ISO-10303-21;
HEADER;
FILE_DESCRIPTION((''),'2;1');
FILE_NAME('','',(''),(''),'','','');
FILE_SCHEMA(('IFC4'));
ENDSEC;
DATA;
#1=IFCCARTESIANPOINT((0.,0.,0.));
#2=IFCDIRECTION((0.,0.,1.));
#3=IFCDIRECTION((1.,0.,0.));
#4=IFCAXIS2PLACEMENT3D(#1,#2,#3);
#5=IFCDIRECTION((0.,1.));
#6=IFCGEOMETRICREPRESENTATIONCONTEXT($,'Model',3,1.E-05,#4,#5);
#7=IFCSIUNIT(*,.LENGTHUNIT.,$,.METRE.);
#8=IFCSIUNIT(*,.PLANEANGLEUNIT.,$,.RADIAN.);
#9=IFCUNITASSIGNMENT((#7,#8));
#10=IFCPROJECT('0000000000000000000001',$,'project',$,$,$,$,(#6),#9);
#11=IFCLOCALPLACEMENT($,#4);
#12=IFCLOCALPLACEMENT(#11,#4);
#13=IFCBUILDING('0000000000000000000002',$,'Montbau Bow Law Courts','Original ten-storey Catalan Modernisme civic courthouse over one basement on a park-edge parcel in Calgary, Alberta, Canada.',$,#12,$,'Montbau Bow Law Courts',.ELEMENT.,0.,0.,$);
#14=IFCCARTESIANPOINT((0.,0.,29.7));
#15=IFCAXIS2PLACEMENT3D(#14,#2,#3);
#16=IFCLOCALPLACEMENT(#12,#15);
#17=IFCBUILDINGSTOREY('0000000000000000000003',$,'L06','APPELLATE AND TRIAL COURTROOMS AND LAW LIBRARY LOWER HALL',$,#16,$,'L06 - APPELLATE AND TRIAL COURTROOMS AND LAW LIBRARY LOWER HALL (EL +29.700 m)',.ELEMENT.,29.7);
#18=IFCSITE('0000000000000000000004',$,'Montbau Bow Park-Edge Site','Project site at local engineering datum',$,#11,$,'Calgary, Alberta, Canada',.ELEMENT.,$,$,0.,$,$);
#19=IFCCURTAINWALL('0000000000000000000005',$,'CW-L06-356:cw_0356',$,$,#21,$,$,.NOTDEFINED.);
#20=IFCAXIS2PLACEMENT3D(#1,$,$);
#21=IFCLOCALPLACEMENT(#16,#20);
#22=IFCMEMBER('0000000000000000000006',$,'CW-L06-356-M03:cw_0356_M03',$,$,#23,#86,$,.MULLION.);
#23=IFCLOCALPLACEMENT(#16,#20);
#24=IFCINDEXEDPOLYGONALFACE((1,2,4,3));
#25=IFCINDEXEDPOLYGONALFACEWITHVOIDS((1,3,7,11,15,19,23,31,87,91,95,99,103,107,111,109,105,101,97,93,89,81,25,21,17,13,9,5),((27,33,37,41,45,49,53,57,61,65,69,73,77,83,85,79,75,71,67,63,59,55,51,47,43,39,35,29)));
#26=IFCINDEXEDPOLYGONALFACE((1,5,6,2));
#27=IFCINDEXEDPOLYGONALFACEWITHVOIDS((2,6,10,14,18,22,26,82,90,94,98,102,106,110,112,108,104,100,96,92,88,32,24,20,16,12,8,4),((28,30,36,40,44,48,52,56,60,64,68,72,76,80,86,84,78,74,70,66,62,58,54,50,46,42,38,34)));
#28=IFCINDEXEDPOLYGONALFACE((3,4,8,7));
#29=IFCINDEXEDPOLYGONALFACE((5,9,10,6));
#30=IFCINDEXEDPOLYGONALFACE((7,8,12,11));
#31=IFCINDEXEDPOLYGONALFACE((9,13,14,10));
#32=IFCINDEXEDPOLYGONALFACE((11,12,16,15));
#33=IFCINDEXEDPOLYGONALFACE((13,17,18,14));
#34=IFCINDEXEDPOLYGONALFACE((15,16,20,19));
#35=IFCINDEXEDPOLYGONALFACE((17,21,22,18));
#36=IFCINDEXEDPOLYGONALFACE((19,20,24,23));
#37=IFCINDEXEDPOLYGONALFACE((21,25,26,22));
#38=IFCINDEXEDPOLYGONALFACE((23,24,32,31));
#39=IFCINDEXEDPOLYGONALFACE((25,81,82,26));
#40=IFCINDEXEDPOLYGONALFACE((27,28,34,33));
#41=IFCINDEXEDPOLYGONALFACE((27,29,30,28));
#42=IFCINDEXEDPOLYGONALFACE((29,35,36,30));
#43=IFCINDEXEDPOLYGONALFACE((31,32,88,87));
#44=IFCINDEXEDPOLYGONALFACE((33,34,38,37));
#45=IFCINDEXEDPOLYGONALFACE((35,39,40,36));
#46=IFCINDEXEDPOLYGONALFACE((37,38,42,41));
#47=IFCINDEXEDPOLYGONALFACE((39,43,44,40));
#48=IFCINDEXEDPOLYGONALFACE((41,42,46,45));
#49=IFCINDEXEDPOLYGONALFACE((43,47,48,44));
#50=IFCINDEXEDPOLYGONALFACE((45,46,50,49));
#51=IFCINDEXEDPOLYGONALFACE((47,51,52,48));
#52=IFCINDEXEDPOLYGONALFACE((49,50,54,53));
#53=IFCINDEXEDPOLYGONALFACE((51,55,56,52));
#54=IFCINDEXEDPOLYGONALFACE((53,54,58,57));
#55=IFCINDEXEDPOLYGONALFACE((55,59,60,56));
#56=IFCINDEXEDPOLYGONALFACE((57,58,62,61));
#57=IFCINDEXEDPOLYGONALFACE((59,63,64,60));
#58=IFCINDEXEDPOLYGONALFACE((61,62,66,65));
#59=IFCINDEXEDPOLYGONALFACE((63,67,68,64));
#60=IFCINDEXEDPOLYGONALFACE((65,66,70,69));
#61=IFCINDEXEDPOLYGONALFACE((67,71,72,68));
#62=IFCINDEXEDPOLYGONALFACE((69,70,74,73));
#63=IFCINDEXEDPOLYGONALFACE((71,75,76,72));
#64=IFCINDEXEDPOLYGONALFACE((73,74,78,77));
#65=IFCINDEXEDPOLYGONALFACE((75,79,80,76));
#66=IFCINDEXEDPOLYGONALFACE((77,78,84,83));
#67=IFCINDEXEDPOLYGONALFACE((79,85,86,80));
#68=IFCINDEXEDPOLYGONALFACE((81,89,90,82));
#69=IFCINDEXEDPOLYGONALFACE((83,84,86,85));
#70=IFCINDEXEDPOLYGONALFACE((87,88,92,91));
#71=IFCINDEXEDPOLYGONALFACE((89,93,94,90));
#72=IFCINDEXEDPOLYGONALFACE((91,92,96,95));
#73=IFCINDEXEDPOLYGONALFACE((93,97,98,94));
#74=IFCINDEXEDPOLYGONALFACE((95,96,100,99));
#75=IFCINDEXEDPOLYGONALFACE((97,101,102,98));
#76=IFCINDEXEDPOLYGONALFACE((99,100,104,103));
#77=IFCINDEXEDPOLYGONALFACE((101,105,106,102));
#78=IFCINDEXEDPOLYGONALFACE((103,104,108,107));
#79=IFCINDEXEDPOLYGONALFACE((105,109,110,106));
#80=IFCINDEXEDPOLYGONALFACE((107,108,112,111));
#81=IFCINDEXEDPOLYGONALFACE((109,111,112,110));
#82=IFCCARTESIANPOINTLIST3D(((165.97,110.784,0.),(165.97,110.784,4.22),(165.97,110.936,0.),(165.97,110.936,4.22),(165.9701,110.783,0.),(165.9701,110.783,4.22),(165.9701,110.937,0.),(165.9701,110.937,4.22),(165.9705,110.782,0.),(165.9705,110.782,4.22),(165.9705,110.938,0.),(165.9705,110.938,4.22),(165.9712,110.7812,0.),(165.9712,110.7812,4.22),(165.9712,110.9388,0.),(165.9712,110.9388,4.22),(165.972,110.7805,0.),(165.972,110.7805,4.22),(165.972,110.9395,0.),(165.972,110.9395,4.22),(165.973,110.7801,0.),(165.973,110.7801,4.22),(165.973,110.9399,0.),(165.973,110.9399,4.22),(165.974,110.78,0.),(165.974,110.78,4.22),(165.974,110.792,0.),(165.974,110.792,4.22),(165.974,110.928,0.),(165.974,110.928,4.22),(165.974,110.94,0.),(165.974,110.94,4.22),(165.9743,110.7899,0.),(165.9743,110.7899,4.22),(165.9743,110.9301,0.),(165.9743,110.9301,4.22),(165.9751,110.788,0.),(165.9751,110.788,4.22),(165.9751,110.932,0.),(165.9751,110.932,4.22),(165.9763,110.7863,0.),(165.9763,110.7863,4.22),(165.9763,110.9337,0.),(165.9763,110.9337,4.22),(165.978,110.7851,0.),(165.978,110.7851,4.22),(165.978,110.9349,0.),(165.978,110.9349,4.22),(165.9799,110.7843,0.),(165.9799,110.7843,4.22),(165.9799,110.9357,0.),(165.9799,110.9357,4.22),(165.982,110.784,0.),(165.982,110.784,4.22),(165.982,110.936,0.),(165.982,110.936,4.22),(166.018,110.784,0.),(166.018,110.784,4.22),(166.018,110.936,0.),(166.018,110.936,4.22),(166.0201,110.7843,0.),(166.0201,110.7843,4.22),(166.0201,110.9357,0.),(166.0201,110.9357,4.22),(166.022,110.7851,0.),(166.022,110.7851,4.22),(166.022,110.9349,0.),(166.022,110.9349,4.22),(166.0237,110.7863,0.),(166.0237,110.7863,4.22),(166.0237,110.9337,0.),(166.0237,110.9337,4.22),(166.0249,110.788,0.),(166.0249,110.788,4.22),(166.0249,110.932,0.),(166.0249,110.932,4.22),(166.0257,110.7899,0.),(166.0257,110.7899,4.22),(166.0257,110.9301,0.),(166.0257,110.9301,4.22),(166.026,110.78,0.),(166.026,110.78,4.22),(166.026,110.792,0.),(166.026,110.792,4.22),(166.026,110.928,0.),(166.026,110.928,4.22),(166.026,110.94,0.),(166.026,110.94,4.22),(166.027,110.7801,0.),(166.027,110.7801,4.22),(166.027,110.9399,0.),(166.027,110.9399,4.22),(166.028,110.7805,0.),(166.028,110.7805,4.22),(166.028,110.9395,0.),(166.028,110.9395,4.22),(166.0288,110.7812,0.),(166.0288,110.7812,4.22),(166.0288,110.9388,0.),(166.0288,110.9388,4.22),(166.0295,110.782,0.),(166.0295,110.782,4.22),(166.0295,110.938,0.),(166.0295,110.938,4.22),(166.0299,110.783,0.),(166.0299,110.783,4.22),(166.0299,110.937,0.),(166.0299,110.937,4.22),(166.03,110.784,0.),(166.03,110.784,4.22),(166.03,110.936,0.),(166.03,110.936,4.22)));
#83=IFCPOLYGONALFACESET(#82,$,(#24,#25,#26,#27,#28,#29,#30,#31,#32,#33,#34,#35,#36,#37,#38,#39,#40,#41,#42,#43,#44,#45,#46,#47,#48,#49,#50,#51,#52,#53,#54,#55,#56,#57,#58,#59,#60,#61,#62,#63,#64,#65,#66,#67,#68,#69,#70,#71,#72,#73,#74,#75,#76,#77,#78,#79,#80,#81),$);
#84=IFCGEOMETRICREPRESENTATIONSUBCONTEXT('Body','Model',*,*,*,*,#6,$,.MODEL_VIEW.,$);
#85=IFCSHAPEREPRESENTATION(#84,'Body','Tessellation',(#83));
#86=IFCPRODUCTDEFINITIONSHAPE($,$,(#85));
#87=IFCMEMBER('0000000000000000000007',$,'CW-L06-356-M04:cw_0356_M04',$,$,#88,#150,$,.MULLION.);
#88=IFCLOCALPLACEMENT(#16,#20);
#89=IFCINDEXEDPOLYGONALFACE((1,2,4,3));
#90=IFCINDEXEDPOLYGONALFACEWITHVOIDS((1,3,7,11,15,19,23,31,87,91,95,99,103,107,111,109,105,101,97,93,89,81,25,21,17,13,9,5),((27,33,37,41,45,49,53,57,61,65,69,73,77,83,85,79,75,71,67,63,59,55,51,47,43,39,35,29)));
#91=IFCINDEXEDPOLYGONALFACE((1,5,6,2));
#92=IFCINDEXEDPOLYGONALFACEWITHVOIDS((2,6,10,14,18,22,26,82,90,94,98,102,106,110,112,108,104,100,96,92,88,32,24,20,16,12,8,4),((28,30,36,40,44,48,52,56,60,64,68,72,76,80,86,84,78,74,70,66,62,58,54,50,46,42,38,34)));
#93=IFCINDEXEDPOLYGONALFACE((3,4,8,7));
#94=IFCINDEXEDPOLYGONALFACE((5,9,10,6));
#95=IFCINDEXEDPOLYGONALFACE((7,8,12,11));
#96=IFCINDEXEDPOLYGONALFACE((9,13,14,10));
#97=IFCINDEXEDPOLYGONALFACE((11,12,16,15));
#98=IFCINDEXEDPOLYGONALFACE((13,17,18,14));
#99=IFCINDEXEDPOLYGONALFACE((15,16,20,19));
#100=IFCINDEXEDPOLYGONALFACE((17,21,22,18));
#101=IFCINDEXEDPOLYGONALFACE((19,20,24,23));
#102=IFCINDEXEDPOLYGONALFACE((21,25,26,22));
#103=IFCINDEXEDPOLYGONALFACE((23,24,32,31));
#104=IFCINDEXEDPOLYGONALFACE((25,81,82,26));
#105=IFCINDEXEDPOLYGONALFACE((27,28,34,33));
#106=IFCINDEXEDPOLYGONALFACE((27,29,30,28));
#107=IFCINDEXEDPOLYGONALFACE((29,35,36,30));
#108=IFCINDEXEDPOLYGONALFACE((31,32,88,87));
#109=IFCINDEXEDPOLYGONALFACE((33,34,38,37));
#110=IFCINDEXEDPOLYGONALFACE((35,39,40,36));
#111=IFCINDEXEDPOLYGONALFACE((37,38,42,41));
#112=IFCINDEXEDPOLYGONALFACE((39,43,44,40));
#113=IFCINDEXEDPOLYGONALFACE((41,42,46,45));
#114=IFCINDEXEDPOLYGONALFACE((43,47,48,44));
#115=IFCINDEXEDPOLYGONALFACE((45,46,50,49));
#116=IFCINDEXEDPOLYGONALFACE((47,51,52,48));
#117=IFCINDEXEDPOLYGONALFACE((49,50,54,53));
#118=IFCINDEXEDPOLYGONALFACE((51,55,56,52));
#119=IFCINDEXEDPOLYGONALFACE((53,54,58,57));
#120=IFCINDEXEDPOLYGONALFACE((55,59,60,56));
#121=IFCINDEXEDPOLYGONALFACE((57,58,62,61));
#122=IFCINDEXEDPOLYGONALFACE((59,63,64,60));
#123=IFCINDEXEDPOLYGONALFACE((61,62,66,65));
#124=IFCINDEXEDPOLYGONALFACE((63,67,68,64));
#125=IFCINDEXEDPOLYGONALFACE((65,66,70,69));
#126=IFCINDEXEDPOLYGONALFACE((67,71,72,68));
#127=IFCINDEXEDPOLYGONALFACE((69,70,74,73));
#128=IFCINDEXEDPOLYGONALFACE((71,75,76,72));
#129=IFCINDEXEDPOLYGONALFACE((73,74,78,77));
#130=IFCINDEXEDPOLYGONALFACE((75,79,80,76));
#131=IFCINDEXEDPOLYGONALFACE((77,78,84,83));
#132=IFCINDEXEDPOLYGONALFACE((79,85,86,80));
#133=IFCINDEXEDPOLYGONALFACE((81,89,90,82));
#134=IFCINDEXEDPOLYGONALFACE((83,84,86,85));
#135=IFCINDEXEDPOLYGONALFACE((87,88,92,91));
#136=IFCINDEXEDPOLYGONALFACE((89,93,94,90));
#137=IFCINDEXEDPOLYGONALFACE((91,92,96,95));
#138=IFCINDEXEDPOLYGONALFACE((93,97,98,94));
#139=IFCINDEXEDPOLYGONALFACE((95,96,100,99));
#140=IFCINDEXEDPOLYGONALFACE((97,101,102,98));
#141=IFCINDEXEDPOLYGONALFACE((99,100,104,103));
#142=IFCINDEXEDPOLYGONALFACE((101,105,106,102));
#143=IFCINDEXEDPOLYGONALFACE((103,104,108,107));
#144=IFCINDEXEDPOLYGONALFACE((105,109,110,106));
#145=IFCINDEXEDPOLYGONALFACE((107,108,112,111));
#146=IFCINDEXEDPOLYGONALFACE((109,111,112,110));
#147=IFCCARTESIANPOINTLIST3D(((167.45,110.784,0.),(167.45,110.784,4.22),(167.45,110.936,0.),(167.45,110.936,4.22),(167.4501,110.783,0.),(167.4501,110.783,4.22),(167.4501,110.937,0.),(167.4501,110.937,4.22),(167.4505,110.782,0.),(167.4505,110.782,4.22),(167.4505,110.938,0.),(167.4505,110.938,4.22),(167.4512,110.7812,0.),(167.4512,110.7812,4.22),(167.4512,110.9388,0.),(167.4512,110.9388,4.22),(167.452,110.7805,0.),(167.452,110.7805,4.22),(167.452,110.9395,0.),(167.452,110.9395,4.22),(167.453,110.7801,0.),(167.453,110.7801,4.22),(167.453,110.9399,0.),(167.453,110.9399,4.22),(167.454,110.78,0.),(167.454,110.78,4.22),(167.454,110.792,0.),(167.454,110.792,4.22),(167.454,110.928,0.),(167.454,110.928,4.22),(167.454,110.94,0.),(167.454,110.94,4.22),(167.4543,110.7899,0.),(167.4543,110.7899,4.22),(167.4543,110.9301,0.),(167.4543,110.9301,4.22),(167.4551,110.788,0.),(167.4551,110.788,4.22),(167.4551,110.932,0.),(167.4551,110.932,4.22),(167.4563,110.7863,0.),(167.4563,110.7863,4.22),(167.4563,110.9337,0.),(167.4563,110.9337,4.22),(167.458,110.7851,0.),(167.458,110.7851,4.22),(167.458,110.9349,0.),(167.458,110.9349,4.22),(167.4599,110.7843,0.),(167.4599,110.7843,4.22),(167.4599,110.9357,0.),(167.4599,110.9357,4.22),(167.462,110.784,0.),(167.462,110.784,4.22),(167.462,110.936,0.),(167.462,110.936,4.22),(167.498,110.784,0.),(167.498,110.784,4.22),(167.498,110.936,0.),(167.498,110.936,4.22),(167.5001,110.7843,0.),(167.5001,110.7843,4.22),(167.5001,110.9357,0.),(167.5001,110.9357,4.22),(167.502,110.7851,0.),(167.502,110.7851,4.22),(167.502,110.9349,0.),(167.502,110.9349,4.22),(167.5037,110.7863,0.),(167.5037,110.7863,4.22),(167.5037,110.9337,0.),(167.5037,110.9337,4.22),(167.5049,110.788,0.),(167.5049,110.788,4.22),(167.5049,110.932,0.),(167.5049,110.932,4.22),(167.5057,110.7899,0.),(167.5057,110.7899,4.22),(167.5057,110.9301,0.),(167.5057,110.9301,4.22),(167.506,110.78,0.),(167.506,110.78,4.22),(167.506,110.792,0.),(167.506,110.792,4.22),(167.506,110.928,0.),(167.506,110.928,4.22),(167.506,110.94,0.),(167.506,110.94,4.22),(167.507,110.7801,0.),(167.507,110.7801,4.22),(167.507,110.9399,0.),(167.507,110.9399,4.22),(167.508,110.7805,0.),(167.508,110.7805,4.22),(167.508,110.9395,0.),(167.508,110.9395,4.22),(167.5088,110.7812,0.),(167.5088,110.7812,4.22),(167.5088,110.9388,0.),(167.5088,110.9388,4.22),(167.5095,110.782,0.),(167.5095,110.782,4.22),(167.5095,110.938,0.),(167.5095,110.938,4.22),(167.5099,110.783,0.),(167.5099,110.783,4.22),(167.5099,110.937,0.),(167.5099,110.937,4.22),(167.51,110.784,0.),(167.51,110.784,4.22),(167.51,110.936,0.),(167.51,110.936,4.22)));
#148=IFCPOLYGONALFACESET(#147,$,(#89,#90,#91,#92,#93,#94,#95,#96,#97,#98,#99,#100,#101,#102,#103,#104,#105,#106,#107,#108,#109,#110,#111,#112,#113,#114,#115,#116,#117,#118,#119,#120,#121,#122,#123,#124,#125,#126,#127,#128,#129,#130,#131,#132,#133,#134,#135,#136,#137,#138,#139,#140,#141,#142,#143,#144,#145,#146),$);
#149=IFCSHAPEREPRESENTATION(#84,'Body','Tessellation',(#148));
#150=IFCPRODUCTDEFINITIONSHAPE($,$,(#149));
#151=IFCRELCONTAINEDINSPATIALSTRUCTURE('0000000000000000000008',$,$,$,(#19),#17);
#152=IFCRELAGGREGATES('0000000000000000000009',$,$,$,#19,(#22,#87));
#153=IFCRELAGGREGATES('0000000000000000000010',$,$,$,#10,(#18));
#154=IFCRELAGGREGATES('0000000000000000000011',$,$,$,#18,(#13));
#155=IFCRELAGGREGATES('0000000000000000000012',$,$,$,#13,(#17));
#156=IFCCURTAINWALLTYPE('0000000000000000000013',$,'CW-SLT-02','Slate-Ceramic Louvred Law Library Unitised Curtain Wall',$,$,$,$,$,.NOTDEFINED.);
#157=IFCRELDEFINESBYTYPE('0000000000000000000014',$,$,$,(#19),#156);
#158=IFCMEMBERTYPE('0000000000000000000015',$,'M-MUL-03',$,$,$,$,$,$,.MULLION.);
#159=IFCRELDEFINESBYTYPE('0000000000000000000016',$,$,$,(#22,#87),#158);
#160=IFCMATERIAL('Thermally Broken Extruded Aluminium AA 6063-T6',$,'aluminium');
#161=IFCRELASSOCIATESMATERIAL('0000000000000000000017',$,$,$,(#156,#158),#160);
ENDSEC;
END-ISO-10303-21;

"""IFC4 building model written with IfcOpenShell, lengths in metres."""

from ifc_helpers import new_model, si_unit, direction, frame, origin_with_axes, origin_2d_with_axis, place, context, subcontext, project, spatial, hollow_rectangle, extrude, material, material_profile, profile_set, type_object, element, aggregate, save


model = new_model("IFC4")

# Units and contexts
model_context = context("Model", 3, precision=1e-05, world=origin_with_axes(), true_north=direction((0.0, 1.0)))
body_context = subcontext(model_context, "Body", "Model", "MODEL_VIEW")
ifc_project = project(units=[si_unit("LENGTHUNIT", "METRE"), si_unit("PLANEANGLEUNIT", "RADIAN")], contexts=[model_context])

# Site, building, storey
site_placement = place(None, origin_with_axes())
site = spatial("IfcSite", under=ifc_project, at=site_placement, Name="Montbau Bow Park-Edge Site", Description="Project site at local engineering datum", LongName="Calgary, Alberta, Canada", CompositionType="ELEMENT", RefElevation=0.0)
building_placement = place(site_placement, origin_with_axes())
building = spatial("IfcBuilding", under=site, at=building_placement, Name="Montbau Bow Law Courts", Description="Original ten-storey Catalan Modernisme civic courthouse over one basement on a park-edge parcel in Calgary, Alberta, Canada.", LongName="Montbau Bow Law Courts", CompositionType="ELEMENT", ElevationOfRefHeight=0.0, ElevationOfTerrain=0.0)
storey_placement = place(building_placement, frame((0.0, 0.0, 29.7), z_axis=(0.0, 0.0, 1.0), x_axis=(1.0, 0.0, 0.0)))
storey = spatial("IfcBuildingStorey", under=building, at=storey_placement, Name="L06", Description="APPELLATE AND TRIAL COURTROOMS AND LAW LIBRARY LOWER HALL", LongName="L06 - APPELLATE AND TRIAL COURTROOMS AND LAW LIBRARY LOWER HALL (EL +29.700 m)", CompositionType="ELEMENT", Elevation=29.7)

# Curtain wall, members
ifc_material_1 = material(Name="Thermally Broken Extruded Aluminium AA 6063-T6", Category="aluminium")
curtain_wall_type = type_object("IfcCurtainWallType", Name="CW-SLT-02", Description="Slate-Ceramic Louvred Law Library Unitised Curtain Wall", PredefinedType="NOTDEFINED", material=ifc_material_1)
curtain_wall_placement = place(None, frame((163.04, 110.86, 29.7), z_axis=(0.0, 0.0, 1.0), x_axis=(1.0, 0.0, 0.0)))
curtain_wall = element("IfcCurtainWall", 1, at=curtain_wall_placement, inside=storey, type_object=curtain_wall_type, Name="CW-L06-356:cw_0356", PredefinedType="NOTDEFINED")
ifc_material_profile_1 = material_profile(ifc_material_1, hollow_rectangle(XDim=0.06, YDim=0.16, WallThickness=0.004, InnerFilletRadius=0.008, OuterFilletRadius=0.004, at=origin_2d_with_axis()), Name="CWM-160X60", Category="Main", Priority=0)
ifc_profile_set_1 = profile_set([ifc_material_profile_1], Name="Thermally Broken Extruded Aluminium AA 6063-T6")
member_type_1 = type_object("IfcMemberType", Name="M-MUL-03", PredefinedType="MULLION", material=ifc_profile_set_1)
member_1_placement = place(None, frame((166.0, 110.86, 29.7), z_axis=(0.0, 0.0, 1.0), x_axis=(1.0, 0.0, 0.0)))
member_1 = element("IfcMember", 2, at=member_1_placement, type_object=member_type_1, Name="CW-L06-356-M03:cw_0356_M03", PredefinedType="MULLION", context=body_context, shape_type="SweptSolid", body=[
    extrude(hollow_rectangle(XDim=0.06, YDim=0.16, WallThickness=0.004, InnerFilletRadius=0.008, OuterFilletRadius=0.004, at=origin_2d_with_axis()), origin_with_axes(), (0.0, 0.0, 1.0), 4.22),
])
member_2_placement = place(None, frame((167.48, 110.86, 29.7), z_axis=(0.0, 0.0, 1.0), x_axis=(1.0, 0.0, 0.0)))
member_2 = element("IfcMember", 3, at=member_2_placement, type_object=member_type_1, Name="CW-L06-356-M04:cw_0356_M04", PredefinedType="MULLION", context=body_context, shape_type="SweptSolid", body=[
    extrude(hollow_rectangle(XDim=0.06, YDim=0.16, WallThickness=0.004, InnerFilletRadius=0.008, OuterFilletRadius=0.004, at=origin_2d_with_axis()), origin_with_axes(), (0.0, 0.0, 1.0), 4.22),
])
aggregate(curtain_wall, [member_1, member_2])

save(model, "model.ifc")
